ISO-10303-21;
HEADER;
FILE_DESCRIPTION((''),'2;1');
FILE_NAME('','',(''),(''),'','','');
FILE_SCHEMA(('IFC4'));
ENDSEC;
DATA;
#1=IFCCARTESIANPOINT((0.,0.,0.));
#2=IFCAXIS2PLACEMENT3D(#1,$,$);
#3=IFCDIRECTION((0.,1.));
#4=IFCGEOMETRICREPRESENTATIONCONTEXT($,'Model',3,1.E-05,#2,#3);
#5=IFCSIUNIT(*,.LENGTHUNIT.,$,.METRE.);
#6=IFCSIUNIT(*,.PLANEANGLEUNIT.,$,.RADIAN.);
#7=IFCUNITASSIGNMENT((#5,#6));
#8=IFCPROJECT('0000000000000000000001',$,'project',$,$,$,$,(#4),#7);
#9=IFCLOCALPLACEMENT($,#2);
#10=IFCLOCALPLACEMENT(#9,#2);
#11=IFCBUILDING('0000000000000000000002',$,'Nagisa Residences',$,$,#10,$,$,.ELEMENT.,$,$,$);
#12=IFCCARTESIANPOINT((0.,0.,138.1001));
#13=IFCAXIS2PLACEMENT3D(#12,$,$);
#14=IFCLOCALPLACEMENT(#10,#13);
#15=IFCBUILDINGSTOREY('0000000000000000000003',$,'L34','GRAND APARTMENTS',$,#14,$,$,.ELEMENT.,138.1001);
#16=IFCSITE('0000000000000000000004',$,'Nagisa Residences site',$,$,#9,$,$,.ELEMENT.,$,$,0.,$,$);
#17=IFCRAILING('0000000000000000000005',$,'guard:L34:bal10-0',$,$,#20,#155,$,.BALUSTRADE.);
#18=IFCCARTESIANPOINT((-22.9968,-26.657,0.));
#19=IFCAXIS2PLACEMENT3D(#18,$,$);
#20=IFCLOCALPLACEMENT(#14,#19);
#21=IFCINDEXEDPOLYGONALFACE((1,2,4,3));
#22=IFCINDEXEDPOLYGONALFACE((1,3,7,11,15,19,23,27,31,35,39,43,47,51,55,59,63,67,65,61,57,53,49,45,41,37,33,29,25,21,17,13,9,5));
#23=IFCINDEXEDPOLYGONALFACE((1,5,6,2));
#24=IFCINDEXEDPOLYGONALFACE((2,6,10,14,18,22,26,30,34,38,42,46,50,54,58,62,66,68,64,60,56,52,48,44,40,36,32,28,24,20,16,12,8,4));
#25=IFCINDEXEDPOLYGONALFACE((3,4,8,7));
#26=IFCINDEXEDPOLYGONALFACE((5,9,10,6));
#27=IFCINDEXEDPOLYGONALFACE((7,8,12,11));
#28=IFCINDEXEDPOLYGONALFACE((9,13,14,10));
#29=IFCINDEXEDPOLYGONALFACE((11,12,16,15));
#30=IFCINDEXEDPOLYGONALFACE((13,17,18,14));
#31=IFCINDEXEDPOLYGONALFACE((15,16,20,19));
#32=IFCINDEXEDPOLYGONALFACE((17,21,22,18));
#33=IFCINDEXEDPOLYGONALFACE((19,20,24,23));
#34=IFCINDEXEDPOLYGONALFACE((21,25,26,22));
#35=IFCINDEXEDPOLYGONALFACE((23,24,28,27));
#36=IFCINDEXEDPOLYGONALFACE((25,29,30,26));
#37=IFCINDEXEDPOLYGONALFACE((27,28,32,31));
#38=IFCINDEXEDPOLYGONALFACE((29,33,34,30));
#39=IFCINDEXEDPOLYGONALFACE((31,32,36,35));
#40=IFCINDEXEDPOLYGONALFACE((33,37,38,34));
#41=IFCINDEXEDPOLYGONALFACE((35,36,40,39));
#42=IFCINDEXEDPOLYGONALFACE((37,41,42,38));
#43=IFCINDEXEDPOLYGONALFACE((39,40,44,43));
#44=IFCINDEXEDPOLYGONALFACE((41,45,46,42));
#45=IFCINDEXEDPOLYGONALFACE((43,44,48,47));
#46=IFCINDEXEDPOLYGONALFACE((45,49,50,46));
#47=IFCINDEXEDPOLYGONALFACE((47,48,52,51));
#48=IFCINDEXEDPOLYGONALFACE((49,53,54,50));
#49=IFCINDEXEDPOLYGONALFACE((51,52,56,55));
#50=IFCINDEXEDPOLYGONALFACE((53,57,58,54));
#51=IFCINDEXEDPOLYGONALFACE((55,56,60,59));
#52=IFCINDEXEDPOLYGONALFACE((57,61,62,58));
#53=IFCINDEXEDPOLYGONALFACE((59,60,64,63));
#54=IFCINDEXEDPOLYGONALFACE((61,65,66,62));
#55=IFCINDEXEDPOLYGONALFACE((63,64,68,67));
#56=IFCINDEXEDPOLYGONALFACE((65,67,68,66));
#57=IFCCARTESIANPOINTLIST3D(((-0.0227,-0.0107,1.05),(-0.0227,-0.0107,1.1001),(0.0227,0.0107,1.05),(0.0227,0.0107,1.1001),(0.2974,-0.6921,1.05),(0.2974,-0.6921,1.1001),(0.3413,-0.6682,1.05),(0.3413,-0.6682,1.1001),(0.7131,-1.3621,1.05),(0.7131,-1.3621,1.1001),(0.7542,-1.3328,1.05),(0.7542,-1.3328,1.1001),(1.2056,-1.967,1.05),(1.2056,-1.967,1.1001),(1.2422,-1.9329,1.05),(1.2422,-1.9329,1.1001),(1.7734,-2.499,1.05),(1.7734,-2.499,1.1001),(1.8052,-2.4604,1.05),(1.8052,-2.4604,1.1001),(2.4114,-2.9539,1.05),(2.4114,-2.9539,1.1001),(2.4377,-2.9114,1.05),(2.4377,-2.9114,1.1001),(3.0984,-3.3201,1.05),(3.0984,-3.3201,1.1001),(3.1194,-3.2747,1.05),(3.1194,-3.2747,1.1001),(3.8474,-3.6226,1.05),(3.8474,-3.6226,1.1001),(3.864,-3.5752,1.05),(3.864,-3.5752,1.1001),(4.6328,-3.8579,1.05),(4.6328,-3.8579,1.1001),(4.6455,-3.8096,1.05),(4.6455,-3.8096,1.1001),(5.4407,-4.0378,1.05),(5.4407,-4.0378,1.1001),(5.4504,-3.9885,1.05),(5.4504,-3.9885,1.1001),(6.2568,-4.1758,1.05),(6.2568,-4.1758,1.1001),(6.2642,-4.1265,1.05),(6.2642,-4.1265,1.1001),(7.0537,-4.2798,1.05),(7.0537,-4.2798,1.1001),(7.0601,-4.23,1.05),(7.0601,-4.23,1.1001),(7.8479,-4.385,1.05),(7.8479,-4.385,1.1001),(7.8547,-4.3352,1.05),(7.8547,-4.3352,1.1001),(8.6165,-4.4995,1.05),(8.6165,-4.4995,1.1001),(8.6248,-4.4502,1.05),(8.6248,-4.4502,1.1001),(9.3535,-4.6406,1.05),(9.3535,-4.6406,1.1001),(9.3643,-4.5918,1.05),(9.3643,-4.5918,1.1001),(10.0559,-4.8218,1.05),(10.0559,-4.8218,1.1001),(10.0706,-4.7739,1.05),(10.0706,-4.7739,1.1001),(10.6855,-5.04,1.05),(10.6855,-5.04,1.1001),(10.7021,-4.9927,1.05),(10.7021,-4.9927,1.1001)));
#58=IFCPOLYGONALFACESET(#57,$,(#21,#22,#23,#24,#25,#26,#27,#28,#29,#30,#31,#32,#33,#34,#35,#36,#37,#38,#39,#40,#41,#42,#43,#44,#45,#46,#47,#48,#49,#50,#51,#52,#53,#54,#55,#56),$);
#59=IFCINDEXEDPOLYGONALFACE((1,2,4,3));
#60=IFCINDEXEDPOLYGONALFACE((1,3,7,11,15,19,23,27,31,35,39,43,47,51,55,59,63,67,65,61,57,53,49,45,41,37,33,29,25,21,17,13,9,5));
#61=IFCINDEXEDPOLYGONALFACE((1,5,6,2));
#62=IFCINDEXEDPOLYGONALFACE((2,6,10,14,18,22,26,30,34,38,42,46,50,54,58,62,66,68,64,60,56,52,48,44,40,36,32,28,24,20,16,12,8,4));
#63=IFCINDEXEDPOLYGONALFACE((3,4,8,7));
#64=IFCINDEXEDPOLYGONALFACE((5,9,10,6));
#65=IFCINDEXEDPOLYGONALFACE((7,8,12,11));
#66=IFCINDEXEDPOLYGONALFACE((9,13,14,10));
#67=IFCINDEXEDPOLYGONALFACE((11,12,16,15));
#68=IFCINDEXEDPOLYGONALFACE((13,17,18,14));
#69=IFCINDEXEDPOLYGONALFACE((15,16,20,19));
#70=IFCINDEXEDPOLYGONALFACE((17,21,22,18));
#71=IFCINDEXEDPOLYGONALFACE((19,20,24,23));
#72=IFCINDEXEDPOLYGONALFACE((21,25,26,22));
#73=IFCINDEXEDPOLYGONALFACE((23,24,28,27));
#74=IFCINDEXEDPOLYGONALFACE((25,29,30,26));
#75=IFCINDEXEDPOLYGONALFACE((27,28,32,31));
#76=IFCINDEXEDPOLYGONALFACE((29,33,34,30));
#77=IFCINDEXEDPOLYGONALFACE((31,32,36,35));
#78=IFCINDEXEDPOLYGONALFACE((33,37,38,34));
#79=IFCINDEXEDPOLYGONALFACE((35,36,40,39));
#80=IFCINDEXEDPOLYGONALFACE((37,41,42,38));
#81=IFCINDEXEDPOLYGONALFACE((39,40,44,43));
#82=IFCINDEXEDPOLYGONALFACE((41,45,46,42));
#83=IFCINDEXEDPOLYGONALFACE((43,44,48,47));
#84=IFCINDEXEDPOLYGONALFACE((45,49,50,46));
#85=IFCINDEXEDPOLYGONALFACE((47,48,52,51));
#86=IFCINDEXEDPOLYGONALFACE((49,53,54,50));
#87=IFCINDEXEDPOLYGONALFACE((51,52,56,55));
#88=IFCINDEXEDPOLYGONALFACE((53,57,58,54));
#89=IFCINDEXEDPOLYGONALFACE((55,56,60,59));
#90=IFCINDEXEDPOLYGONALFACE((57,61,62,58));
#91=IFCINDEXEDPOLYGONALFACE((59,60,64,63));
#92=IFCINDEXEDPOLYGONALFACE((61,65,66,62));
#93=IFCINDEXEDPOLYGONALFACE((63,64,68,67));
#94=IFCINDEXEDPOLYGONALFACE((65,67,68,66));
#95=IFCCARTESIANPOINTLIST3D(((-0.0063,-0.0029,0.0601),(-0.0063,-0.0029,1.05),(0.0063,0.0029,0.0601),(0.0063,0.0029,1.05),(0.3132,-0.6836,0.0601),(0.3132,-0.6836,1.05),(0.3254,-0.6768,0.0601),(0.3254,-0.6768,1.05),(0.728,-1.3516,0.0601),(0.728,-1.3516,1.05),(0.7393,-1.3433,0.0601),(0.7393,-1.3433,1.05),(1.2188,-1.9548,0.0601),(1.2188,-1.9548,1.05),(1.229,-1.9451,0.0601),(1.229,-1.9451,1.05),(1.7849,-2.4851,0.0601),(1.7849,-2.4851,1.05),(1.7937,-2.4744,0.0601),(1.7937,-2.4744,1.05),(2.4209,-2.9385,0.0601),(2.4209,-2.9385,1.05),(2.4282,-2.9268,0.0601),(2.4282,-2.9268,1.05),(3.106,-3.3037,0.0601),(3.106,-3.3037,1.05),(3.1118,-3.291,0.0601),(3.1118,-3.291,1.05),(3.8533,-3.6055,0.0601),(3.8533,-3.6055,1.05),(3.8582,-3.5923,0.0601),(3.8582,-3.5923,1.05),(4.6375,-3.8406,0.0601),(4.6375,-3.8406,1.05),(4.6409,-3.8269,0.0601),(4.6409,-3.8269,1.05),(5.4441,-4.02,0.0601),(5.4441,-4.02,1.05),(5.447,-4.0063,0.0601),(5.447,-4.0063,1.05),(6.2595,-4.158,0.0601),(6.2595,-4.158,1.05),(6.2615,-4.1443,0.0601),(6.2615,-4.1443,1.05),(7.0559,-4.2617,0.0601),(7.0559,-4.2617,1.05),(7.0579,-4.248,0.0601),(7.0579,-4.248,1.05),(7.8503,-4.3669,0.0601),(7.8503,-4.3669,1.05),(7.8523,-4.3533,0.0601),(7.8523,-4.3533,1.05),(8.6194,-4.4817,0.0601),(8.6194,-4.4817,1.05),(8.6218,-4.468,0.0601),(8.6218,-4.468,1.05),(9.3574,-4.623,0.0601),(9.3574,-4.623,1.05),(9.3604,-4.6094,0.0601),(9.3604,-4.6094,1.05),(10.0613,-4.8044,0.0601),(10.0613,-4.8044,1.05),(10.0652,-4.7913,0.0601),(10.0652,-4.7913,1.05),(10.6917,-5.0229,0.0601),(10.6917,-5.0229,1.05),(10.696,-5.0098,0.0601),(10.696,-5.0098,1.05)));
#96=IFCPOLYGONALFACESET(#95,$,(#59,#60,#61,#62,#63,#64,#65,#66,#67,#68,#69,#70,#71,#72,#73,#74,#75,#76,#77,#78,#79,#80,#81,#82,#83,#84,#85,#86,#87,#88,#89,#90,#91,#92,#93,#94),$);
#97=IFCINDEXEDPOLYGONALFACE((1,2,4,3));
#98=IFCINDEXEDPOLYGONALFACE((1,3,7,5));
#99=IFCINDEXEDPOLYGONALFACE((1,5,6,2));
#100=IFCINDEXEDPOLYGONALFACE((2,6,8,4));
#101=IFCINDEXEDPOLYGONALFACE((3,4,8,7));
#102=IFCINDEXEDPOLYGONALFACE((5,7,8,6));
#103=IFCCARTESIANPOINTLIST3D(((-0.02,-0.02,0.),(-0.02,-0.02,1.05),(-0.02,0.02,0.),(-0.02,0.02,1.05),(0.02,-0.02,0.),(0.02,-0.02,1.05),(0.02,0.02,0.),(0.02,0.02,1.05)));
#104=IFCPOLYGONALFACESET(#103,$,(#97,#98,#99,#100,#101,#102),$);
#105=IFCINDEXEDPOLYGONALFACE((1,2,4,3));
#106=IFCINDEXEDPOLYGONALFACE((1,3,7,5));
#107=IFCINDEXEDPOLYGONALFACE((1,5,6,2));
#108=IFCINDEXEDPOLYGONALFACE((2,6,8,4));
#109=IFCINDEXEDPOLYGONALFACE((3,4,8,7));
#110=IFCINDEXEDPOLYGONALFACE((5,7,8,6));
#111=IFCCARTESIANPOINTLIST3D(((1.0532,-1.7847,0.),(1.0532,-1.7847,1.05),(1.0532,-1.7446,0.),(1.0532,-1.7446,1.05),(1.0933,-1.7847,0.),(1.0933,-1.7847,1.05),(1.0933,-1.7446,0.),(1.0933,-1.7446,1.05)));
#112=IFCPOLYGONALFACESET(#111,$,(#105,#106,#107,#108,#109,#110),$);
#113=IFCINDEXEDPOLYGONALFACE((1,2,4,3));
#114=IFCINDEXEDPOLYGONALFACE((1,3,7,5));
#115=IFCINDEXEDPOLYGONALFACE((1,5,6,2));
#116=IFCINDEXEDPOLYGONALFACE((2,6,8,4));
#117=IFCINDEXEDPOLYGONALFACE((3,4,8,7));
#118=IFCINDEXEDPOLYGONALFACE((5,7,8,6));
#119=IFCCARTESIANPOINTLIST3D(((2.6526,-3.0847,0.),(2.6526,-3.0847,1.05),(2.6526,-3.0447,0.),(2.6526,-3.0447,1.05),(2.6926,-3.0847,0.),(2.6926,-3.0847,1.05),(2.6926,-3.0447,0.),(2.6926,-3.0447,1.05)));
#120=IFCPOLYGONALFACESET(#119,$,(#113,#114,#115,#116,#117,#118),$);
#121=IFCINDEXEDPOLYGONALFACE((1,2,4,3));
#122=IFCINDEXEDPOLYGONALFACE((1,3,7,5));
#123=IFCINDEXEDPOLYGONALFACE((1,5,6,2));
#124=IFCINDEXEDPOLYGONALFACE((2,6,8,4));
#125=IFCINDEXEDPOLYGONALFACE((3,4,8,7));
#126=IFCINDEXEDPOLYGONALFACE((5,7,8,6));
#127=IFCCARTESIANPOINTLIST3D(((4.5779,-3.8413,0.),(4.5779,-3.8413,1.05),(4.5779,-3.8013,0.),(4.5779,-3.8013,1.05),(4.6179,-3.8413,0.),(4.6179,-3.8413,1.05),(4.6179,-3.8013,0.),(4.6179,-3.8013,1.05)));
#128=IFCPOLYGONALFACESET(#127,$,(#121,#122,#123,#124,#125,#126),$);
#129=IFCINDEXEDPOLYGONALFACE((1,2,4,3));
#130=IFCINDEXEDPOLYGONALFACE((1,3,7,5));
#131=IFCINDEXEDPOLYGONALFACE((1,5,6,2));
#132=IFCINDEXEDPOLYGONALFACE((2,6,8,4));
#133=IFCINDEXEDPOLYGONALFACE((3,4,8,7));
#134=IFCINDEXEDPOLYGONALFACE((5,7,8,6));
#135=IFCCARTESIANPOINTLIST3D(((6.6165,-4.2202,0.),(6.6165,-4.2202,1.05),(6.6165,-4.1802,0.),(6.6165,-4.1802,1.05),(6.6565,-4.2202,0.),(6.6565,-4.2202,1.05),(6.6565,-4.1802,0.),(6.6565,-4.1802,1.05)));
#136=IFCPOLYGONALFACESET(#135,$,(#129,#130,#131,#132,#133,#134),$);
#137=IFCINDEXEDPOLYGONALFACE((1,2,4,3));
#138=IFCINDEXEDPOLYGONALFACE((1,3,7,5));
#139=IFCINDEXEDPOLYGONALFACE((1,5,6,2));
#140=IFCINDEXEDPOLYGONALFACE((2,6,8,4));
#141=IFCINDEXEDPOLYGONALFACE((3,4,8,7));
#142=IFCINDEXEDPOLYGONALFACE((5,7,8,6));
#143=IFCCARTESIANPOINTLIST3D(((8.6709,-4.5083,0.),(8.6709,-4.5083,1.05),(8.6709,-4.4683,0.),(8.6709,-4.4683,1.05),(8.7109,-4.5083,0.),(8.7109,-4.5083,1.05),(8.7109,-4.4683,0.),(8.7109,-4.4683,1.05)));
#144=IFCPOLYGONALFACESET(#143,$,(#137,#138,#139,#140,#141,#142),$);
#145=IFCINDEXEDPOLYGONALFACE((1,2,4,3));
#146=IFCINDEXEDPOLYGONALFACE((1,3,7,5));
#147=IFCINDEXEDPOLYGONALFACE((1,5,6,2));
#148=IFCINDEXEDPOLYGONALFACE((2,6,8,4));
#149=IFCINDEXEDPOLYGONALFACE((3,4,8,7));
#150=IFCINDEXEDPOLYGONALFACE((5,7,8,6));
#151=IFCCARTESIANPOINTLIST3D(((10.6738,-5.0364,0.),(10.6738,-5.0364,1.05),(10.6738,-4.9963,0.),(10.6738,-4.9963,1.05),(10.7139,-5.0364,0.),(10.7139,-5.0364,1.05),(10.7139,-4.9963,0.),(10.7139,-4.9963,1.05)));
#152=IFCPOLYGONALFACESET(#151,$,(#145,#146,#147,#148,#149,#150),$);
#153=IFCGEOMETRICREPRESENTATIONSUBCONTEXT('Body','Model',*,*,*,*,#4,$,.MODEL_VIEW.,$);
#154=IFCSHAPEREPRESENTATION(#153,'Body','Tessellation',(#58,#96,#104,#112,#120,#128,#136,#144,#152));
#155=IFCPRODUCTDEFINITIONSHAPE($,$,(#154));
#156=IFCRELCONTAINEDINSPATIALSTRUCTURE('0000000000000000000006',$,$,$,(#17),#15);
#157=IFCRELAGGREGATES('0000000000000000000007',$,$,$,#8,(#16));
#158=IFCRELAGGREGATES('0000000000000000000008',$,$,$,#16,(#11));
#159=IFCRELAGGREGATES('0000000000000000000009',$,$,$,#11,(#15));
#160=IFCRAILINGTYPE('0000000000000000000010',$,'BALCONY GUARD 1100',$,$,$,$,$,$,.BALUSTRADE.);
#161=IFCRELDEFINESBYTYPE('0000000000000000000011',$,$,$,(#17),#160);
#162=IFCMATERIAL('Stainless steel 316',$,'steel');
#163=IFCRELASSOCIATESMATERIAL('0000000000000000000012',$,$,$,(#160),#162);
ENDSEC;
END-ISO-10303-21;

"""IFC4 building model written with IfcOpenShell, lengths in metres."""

from ifc_helpers import new_model, si_unit, direction, frame, origin, origin_2d, place, context, subcontext, project, spatial, polyline, rectangle, outline, extrude, material, type_object, element, save


model = new_model("IFC4")

# Units and contexts
model_context = context("Model", 3, precision=1e-05, world=origin(), true_north=direction((0.0, 1.0)))
body_context = subcontext(model_context, "Body", "Model", "MODEL_VIEW")
ifc_project = project(units=[si_unit("LENGTHUNIT", "METRE"), si_unit("PLANEANGLEUNIT", "RADIAN")], contexts=[model_context])

# Site, building, storey
site_placement = place(None, origin())
site = spatial("IfcSite", under=ifc_project, at=site_placement, Name="Nagisa Residences site", CompositionType="ELEMENT", RefElevation=0.0)
building_placement = place(site_placement, origin())
building = spatial("IfcBuilding", under=site, at=building_placement, Name="Nagisa Residences", CompositionType="ELEMENT")
storey_placement = place(building_placement, frame((0.0, 0.0, 138.1001)))
storey = spatial("IfcBuildingStorey", under=building, at=storey_placement, Name="L34", Description="GRAND APARTMENTS", CompositionType="ELEMENT", Elevation=138.1001)

# Railing
ifc_material_1 = material(Name="Stainless steel 316", Category="steel")
railing_type = type_object("IfcRailingType", Name="BALCONY GUARD 1100", PredefinedType="BALUSTRADE", material=ifc_material_1)
railing_1_placement = place(storey_placement, frame((-22.9968, -26.657, 0.0)))
element("IfcRailing", 1, at=railing_1_placement, inside=storey, type_object=railing_type, Name="guard:L34:bal10-0", PredefinedType="BALUSTRADE", context=body_context, shape_type="SweptSolid", body=[
    extrude(outline(polyline([(0.3413, -0.6682), (0.0227, 0.0107), (-0.0227, -0.0107), (0.2974, -0.6921), (0.7131, -1.3621), (1.2056, -1.967), (1.7734, -2.499), (2.4114, -2.9539), (3.0984, -3.3201), (3.8474, -3.6226), (4.6328, -3.8579), (5.4407, -4.0378), (6.2568, -4.1758), (7.0537, -4.2798), (7.8479, -4.385), (8.6165, -4.4995), (9.3535, -4.6406), (10.0559, -4.8218), (10.6855, -5.04), (10.7021, -4.9927), (10.0706, -4.7739), (9.3643, -4.5918), (8.6248, -4.4502), (7.8547, -4.3352), (7.0601, -4.23), (6.2642, -4.1265), (5.4504, -3.9885), (4.6455, -3.8096), (3.864, -3.5752), (3.1194, -3.2747), (2.4377, -2.9114), (1.8052, -2.4604), (1.2422, -1.9329), (0.7542, -1.3328), (0.3413, -0.6682)])), frame((0.0, 0.0, 1.05)), (0.0, 0.0, 1.0), 0.05),
    extrude(outline(polyline([(0.3254, -0.6768), (0.0063, 0.0029), (-0.0063, -0.0029), (0.3132, -0.6836), (0.728, -1.3516), (1.2188, -1.9548), (1.7849, -2.4851), (2.4209, -2.9385), (3.106, -3.3037), (3.8533, -3.6055), (4.6375, -3.8406), (5.4441, -4.02), (6.2595, -4.158), (7.0559, -4.2617), (7.8503, -4.3669), (8.6194, -4.4817), (9.3574, -4.623), (10.0613, -4.8044), (10.6917, -5.0229), (10.696, -5.0098), (10.0652, -4.7913), (9.3604, -4.6094), (8.6218, -4.468), (7.8523, -4.3533), (7.0579, -4.248), (6.2615, -4.1443), (5.447, -4.0063), (4.6409, -3.8269), (3.8582, -3.5923), (3.1118, -3.291), (2.4282, -2.9268), (1.7937, -2.4744), (1.229, -1.9451), (0.7393, -1.3433), (0.3254, -0.6768)])), frame((0.0, 0.0, 0.0601)), (0.0, 0.0, 1.0), 0.99),
    extrude(rectangle(XDim=0.04, YDim=0.04, at=origin_2d()), origin(), (0.0, 0.0, 1.0), 1.05),
    extrude(rectangle(XDim=0.04, YDim=0.04, at=origin_2d()), frame((1.0732, -1.7646, 0.0)), (0.0, 0.0, 1.0), 1.05),
    extrude(rectangle(XDim=0.04, YDim=0.04, at=origin_2d()), frame((2.6726, -3.0647, 0.0)), (0.0, 0.0, 1.0), 1.05),
    extrude(rectangle(XDim=0.04, YDim=0.04, at=origin_2d()), frame((4.5979, -3.8213, 0.0)), (0.0, 0.0, 1.0), 1.05),
    extrude(rectangle(XDim=0.04, YDim=0.04, at=origin_2d()), frame((6.6365, -4.2002, 0.0)), (0.0, 0.0, 1.0), 1.05),
    extrude(rectangle(XDim=0.04, YDim=0.04, at=origin_2d()), frame((8.6909, -4.4883, 0.0)), (0.0, 0.0, 1.0), 1.05),
    extrude(rectangle(XDim=0.04, YDim=0.04, at=origin_2d()), frame((10.6938, -5.0164, 0.0)), (0.0, 0.0, 1.0), 1.05),
])

save(model, "model.ifc")
